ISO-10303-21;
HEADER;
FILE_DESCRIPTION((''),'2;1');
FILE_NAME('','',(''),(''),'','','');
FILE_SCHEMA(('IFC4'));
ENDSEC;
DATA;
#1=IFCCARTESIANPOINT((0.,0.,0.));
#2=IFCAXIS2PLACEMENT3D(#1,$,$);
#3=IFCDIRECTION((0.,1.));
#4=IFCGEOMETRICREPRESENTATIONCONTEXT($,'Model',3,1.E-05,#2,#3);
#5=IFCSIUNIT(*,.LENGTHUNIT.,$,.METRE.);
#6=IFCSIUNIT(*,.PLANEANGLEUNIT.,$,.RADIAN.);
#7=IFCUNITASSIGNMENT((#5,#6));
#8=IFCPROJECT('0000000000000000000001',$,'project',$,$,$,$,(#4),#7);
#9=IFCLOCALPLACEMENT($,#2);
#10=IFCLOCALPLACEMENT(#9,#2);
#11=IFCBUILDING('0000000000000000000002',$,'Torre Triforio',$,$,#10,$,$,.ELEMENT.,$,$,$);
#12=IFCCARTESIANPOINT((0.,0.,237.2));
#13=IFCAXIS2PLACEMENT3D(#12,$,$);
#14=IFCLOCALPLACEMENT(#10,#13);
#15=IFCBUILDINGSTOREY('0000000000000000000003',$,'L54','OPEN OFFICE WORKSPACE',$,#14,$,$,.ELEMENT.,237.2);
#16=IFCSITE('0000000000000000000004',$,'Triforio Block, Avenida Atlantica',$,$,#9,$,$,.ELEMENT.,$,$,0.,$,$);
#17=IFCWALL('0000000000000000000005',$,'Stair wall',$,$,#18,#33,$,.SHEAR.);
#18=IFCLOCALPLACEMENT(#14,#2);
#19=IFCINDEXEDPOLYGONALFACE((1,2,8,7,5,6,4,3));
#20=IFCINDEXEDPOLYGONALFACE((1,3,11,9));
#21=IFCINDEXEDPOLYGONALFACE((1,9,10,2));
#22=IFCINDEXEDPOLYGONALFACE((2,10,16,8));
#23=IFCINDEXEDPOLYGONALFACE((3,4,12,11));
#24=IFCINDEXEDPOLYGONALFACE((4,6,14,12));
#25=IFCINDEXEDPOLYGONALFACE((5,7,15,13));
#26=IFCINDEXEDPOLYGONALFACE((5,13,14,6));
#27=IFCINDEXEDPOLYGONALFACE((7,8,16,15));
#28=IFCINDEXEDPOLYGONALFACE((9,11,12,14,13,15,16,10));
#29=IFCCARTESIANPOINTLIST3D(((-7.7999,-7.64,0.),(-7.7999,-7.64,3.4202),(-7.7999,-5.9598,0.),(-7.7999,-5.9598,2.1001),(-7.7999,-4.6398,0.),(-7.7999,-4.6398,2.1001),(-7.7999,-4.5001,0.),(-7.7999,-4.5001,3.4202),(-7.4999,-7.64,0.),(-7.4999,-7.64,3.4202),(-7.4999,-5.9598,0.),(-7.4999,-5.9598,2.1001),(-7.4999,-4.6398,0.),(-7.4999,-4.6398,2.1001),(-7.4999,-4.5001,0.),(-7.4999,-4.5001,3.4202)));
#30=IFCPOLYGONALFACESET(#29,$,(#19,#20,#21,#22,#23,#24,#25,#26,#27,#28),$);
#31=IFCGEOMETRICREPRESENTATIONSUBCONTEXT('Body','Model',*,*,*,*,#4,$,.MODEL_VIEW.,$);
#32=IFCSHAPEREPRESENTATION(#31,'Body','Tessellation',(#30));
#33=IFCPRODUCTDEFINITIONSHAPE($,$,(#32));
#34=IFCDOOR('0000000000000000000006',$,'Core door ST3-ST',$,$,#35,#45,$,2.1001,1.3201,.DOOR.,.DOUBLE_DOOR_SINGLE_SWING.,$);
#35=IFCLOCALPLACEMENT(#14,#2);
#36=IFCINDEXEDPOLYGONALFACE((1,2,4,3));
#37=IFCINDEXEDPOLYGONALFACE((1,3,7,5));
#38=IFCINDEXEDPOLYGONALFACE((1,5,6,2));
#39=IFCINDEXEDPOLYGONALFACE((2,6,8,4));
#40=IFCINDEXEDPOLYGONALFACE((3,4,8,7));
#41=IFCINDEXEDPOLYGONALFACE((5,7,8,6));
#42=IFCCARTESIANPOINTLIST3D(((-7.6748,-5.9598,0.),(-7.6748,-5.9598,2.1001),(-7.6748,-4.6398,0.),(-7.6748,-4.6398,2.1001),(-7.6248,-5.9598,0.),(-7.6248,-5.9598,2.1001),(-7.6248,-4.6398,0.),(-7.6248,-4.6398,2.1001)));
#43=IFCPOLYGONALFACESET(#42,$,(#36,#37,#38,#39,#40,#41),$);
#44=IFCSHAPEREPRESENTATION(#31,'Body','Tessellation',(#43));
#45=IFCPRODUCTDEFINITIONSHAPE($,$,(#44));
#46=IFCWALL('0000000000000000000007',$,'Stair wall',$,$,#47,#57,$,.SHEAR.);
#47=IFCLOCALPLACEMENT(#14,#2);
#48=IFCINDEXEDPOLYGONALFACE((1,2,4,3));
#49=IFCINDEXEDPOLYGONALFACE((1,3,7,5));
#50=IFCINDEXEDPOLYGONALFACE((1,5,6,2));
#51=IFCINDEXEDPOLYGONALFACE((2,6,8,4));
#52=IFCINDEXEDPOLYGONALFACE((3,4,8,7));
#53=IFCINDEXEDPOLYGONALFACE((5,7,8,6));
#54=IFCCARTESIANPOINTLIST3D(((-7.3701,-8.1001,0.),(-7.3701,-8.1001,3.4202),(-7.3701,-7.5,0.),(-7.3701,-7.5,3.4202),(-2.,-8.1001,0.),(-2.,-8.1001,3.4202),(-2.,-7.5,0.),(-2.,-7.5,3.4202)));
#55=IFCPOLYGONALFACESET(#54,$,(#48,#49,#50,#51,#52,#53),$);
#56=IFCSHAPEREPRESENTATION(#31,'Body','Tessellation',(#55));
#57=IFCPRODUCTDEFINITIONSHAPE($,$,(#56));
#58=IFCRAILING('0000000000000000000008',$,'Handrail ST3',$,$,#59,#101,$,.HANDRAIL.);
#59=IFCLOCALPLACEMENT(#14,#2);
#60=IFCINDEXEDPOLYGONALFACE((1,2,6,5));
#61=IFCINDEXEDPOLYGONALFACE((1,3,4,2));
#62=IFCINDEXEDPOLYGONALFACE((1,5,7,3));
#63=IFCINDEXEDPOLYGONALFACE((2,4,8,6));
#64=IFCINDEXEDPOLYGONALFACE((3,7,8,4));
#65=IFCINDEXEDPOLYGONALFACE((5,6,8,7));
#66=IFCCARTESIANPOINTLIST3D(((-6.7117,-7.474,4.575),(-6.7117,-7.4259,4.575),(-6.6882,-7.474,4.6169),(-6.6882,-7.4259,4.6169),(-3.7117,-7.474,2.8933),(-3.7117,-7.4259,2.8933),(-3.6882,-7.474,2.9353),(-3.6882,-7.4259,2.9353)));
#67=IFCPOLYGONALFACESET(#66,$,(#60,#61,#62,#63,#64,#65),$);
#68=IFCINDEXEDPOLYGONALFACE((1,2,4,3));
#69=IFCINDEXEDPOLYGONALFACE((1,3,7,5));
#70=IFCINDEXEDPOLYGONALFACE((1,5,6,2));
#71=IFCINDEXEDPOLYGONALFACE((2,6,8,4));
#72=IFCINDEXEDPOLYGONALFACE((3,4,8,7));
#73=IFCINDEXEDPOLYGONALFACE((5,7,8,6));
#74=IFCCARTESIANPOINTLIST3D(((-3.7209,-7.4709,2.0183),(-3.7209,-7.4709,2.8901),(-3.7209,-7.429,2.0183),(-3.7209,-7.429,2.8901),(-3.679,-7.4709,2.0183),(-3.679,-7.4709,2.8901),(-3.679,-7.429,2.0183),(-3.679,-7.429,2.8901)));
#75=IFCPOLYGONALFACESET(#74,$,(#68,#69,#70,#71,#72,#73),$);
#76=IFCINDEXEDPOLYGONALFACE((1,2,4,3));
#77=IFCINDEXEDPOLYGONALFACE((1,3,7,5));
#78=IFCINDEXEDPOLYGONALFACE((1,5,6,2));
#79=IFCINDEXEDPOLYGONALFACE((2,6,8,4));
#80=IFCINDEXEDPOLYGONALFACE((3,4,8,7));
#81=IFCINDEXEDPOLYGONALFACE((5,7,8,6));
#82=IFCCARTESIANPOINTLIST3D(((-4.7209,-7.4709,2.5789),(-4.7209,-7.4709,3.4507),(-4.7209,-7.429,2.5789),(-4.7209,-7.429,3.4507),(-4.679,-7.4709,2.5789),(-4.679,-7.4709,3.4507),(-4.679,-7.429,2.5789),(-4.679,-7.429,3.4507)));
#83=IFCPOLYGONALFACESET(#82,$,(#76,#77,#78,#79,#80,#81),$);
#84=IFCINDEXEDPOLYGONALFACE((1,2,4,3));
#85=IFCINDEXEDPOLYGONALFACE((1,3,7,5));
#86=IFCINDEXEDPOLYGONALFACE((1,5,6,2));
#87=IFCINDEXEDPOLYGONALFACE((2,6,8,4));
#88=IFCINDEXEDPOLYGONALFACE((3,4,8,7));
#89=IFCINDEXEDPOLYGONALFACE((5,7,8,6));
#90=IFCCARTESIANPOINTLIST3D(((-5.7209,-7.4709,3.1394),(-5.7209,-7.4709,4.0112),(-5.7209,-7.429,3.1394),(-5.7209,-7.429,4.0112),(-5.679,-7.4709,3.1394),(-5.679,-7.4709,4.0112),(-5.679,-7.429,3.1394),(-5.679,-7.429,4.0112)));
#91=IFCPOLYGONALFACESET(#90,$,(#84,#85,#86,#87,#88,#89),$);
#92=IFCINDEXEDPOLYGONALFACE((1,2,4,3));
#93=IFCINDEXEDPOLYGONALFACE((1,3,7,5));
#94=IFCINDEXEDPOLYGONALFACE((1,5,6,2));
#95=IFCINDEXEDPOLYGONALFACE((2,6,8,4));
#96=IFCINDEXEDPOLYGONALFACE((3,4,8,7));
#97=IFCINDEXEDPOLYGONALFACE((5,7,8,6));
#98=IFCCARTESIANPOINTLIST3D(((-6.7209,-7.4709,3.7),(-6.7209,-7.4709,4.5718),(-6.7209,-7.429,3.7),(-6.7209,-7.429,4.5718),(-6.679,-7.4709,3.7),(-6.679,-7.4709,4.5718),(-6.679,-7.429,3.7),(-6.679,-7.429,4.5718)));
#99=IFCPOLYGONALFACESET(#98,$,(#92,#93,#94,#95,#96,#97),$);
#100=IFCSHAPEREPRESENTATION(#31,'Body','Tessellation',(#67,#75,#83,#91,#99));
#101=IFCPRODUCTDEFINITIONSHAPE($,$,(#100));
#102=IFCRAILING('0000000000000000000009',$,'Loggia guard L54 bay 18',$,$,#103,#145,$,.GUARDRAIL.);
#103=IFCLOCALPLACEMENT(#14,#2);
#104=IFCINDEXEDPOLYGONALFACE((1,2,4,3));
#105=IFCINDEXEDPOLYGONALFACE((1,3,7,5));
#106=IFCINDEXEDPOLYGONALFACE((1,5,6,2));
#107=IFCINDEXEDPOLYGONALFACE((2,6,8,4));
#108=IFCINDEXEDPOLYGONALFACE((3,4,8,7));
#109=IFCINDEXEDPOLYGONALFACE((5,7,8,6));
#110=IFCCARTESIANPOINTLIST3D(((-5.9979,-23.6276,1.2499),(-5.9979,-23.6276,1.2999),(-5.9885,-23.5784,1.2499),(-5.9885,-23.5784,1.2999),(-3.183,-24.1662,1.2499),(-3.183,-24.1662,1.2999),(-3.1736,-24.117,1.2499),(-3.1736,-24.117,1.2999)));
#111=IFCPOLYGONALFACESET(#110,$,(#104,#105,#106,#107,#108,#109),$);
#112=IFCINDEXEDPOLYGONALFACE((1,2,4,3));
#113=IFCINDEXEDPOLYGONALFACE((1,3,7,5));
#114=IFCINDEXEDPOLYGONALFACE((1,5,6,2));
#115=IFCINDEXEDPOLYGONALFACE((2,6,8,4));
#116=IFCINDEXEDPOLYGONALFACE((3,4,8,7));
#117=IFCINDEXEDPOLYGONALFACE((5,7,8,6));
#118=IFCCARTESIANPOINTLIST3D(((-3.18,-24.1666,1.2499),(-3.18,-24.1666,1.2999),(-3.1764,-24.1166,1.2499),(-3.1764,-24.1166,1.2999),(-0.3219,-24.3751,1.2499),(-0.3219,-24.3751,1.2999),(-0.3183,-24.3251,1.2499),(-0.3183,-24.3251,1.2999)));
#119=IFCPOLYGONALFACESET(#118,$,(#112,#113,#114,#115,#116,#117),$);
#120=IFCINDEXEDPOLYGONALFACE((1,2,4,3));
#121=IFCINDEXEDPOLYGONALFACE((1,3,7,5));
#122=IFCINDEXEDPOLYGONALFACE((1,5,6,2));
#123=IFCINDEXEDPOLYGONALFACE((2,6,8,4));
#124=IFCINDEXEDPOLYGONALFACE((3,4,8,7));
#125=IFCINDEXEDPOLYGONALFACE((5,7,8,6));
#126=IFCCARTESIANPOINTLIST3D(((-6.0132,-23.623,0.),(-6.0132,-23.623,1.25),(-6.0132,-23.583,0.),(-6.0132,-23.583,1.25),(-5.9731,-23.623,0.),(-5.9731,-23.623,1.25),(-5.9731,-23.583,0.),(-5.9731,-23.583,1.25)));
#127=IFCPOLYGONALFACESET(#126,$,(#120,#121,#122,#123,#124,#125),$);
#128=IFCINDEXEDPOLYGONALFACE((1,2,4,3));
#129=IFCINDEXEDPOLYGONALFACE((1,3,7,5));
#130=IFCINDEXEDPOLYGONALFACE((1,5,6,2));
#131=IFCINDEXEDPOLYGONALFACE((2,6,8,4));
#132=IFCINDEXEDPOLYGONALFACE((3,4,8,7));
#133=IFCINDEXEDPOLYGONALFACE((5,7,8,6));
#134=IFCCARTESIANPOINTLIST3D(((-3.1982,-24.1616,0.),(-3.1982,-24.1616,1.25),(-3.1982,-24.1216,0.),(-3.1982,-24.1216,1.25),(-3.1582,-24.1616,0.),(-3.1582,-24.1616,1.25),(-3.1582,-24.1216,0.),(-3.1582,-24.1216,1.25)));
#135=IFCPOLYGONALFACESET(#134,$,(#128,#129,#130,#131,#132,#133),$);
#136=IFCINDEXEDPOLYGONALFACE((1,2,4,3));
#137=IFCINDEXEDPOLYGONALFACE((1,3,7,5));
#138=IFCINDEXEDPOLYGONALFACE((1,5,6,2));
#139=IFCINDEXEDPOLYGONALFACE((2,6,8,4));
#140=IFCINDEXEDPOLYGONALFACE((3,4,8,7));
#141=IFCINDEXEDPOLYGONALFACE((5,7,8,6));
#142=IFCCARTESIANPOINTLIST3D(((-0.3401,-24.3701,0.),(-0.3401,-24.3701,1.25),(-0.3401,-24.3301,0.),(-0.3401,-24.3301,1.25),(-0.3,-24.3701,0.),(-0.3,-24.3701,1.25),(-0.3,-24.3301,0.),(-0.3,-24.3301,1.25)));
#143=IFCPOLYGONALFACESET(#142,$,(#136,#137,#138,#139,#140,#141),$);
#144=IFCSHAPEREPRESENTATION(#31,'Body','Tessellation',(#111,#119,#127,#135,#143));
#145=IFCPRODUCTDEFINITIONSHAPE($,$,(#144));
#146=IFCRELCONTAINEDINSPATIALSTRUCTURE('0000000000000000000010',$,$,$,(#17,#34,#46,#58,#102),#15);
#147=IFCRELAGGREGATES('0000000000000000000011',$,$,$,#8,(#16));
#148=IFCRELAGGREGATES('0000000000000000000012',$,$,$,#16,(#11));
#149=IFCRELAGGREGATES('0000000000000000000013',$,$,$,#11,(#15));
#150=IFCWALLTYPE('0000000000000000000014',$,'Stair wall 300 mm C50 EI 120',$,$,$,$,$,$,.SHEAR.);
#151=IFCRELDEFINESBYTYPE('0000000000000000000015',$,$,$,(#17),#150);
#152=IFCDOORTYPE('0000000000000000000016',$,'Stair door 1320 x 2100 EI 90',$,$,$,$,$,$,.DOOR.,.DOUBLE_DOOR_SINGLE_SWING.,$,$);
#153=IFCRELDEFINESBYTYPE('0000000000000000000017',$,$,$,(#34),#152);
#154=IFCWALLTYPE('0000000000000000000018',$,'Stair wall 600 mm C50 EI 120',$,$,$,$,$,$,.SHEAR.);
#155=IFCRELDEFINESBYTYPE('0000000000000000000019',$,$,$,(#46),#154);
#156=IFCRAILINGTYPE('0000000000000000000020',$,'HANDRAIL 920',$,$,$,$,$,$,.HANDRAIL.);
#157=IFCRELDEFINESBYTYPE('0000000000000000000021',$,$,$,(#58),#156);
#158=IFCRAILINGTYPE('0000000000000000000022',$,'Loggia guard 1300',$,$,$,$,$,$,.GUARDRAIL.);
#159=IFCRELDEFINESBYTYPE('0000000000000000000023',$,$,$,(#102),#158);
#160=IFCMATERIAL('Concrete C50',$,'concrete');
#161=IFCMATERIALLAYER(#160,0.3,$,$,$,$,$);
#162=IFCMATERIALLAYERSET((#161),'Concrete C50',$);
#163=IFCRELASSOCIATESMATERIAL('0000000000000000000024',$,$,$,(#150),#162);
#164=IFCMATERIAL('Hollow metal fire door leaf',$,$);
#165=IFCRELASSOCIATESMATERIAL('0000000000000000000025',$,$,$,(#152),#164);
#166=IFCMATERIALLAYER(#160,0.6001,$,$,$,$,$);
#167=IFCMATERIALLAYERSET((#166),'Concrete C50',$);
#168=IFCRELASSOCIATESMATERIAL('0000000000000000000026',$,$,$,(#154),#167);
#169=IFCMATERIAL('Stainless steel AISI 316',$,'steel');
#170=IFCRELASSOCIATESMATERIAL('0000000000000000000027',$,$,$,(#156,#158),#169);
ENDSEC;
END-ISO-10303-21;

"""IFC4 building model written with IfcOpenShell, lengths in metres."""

from ifc_helpers import new_model, si_unit, direction, frame, frame_2d, origin, origin_2d, place, context, subcontext, project, spatial, rectangle, extrude, material, layer, layer_set, type_object, element, fill, save


model = new_model("IFC4")

# Units and contexts
model_context = context("Model", 3, precision=1e-05, world=origin(), true_north=direction((0.0, 1.0)))
body_context = subcontext(model_context, "Body", "Model", "MODEL_VIEW")
ifc_project = project(units=[si_unit("LENGTHUNIT", "METRE"), si_unit("PLANEANGLEUNIT", "RADIAN")], contexts=[model_context])

# Site, building, storey
site_placement = place(None, origin())
site = spatial("IfcSite", under=ifc_project, at=site_placement, Name="Triforio Block, Avenida Atlantica", CompositionType="ELEMENT", RefElevation=0.0)
building_placement = place(site_placement, origin())
building = spatial("IfcBuilding", under=site, at=building_placement, Name="Torre Triforio", CompositionType="ELEMENT")
storey_placement = place(building_placement, frame((0.0, 0.0, 237.2)))
storey = spatial("IfcBuildingStorey", under=building, at=storey_placement, Name="L54", Description="OPEN OFFICE WORKSPACE", CompositionType="ELEMENT", Elevation=237.2)

# Shared definitions
ifc_material_1 = material(Name="Concrete C50", Category="concrete")

# Shared definitions
ifc_material_2 = material(Name="Hollow metal fire door leaf")

# Wall, opening, door
ifc_layer_1 = layer(ifc_material_1, 0.3)
ifc_layer_set_1 = layer_set([ifc_layer_1], Name="Concrete C50")
wall_type_1 = type_object("IfcWallType", Name="Stair wall 300 mm C50 EI 120", PredefinedType="SHEAR", material=ifc_layer_set_1)
wall_1_placement = place(storey_placement, frame((-7.6499, -7.6399, 0.0), z_axis=(0.0, 0.0, 1.0), x_axis=(0.0, 1.0, 0.0)))
wall_1 = element("IfcWall", 1, at=wall_1_placement, inside=storey, type_object=wall_type_1, Name="Stair wall", PredefinedType="SHEAR", context=body_context, shape_type="SweptSolid", body=[
    extrude(rectangle(XDim=3.1399, YDim=0.3, at=frame_2d((1.5698, 0.0))), origin(), (0.0, 0.0, 1.0), 3.4202),
])
opening_1_placement = place(wall_1_placement, frame((1.6799, 0.0, 0.0)))
opening_1 = element("IfcOpeningElement", 2, at=opening_1_placement, cuts=wall_1, PredefinedType="OPENING", context=body_context, shape_type="SweptSolid", body=[
    extrude(rectangle(XDim=1.3201, YDim=2.1001, at=frame_2d((0.6602, 1.05))), frame((0.0, 0.1599, 0.0), z_axis=(0.0, -1.0, 0.0), x_axis=(1.0, 0.0, 0.0)), (0.0, 0.0, 1.0), 0.3201),
])
door_type_1 = type_object("IfcDoorType", Name="Stair door 1320 x 2100 EI 90", OperationType="DOUBLE_DOOR_SINGLE_SWING", PredefinedType="DOOR", material=ifc_material_2)
door_1_placement = place(opening_1_placement, origin())
door_1 = element("IfcDoor", 3, at=door_1_placement, inside=storey, type_object=door_type_1, Name="Core door ST3-ST", OperationType="DOUBLE_DOOR_SINGLE_SWING", OverallHeight=2.1001, OverallWidth=1.3201, PredefinedType="DOOR", context=body_context, shape_type="SweptSolid", body=[
    extrude(rectangle(XDim=1.3201, YDim=2.1001, at=frame_2d((0.6602, 1.05))), frame((0.0, 0.0249, 0.0), z_axis=(0.0, -1.0, 0.0), x_axis=(1.0, 0.0, 0.0)), (0.0, 0.0, 1.0), 0.05),
])
fill(opening_1, door_1)

# Wall
ifc_layer_2 = layer(ifc_material_1, 0.6001)
ifc_layer_set_2 = layer_set([ifc_layer_2], Name="Concrete C50")
wall_type_2 = type_object("IfcWallType", Name="Stair wall 600 mm C50 EI 120", PredefinedType="SHEAR", material=ifc_layer_set_2)
wall_2_placement = place(storey_placement, frame((-7.3701, -7.8, 0.0), z_axis=(0.0, 0.0, 1.0), x_axis=(1.0, 0.0, 0.0)))
element("IfcWall", 4, at=wall_2_placement, inside=storey, type_object=wall_type_2, Name="Stair wall", PredefinedType="SHEAR", context=body_context, shape_type="SweptSolid", body=[
    extrude(rectangle(XDim=5.3701, YDim=0.6001, at=frame_2d((2.6851, 0.0))), origin(), (0.0, 0.0, 1.0), 3.4202),
])

# Railings
ifc_material_3 = material(Name="Stainless steel AISI 316", Category="steel")
railing_type_1 = type_object("IfcRailingType", Name="HANDRAIL 920", PredefinedType="HANDRAIL", material=ifc_material_3)
railing_1_placement = place(storey_placement, frame((-3.7, -7.45, 2.0183)))
element("IfcRailing", 5, at=railing_1_placement, inside=storey, type_object=railing_type_1, Name="Handrail ST3", PredefinedType="HANDRAIL", context=body_context, shape_type="SweptSolid", body=[
    extrude(rectangle(XDim=0.0481, YDim=0.0481, at=origin_2d()), frame((0.0, 0.0, 0.896), z_axis=(-0.872303, 0.0, 0.488966), x_axis=(0.0, -1.0, 0.0)), (0.0, 0.0, 1.0), 3.4392),
    extrude(rectangle(XDim=0.042, YDim=0.042, at=origin_2d()), origin(), (0.0, 0.0, 1.0), 0.8718),
    extrude(rectangle(XDim=0.042, YDim=0.042, at=origin_2d()), frame((-1.0, 0.0, 0.5605)), (0.0, 0.0, 1.0), 0.8718),
    extrude(rectangle(XDim=0.042, YDim=0.042, at=origin_2d()), frame((-2.0, 0.0, 1.1211)), (0.0, 0.0, 1.0), 0.8718),
    extrude(rectangle(XDim=0.042, YDim=0.042, at=origin_2d()), frame((-3.0, 0.0, 1.6816)), (0.0, 0.0, 1.0), 0.8718),
])
railing_type_2 = type_object("IfcRailingType", Name="Loggia guard 1300", PredefinedType="GUARDRAIL", material=ifc_material_3)
railing_2_placement = place(storey_placement, frame((-5.9932, -23.603, 0.0)))
element("IfcRailing", 6, at=railing_2_placement, inside=storey, type_object=railing_type_2, Name="Loggia guard L54 bay 18", PredefinedType="GUARDRAIL", context=body_context, shape_type="SweptSolid", body=[
    extrude(rectangle(XDim=0.05, YDim=0.05, at=origin_2d()), frame((0.0, 0.0, 1.2749), z_axis=(0.982185, -0.187918, 0.0), x_axis=(0.187918, 0.982185, 0.0)), (0.0, 0.0, 1.0), 2.866),
    extrude(rectangle(XDim=0.05, YDim=0.05, at=origin_2d()), frame((2.8149, -0.5386, 1.2749), z_axis=(0.99735, -0.072754, 0.0), x_axis=(0.072754, 0.99735, 0.0)), (0.0, 0.0, 1.0), 2.8657),
    extrude(rectangle(XDim=0.04, YDim=0.04, at=origin_2d()), origin(), (0.0, 0.0, 1.0), 1.25),
    extrude(rectangle(XDim=0.04, YDim=0.04, at=origin_2d()), frame((2.8149, -0.5386, 0.0)), (0.0, 0.0, 1.0), 1.25),
    extrude(rectangle(XDim=0.04, YDim=0.04, at=origin_2d()), frame((5.6731, -0.7471, 0.0)), (0.0, 0.0, 1.0), 1.25),
])

save(model, "model.ifc")
